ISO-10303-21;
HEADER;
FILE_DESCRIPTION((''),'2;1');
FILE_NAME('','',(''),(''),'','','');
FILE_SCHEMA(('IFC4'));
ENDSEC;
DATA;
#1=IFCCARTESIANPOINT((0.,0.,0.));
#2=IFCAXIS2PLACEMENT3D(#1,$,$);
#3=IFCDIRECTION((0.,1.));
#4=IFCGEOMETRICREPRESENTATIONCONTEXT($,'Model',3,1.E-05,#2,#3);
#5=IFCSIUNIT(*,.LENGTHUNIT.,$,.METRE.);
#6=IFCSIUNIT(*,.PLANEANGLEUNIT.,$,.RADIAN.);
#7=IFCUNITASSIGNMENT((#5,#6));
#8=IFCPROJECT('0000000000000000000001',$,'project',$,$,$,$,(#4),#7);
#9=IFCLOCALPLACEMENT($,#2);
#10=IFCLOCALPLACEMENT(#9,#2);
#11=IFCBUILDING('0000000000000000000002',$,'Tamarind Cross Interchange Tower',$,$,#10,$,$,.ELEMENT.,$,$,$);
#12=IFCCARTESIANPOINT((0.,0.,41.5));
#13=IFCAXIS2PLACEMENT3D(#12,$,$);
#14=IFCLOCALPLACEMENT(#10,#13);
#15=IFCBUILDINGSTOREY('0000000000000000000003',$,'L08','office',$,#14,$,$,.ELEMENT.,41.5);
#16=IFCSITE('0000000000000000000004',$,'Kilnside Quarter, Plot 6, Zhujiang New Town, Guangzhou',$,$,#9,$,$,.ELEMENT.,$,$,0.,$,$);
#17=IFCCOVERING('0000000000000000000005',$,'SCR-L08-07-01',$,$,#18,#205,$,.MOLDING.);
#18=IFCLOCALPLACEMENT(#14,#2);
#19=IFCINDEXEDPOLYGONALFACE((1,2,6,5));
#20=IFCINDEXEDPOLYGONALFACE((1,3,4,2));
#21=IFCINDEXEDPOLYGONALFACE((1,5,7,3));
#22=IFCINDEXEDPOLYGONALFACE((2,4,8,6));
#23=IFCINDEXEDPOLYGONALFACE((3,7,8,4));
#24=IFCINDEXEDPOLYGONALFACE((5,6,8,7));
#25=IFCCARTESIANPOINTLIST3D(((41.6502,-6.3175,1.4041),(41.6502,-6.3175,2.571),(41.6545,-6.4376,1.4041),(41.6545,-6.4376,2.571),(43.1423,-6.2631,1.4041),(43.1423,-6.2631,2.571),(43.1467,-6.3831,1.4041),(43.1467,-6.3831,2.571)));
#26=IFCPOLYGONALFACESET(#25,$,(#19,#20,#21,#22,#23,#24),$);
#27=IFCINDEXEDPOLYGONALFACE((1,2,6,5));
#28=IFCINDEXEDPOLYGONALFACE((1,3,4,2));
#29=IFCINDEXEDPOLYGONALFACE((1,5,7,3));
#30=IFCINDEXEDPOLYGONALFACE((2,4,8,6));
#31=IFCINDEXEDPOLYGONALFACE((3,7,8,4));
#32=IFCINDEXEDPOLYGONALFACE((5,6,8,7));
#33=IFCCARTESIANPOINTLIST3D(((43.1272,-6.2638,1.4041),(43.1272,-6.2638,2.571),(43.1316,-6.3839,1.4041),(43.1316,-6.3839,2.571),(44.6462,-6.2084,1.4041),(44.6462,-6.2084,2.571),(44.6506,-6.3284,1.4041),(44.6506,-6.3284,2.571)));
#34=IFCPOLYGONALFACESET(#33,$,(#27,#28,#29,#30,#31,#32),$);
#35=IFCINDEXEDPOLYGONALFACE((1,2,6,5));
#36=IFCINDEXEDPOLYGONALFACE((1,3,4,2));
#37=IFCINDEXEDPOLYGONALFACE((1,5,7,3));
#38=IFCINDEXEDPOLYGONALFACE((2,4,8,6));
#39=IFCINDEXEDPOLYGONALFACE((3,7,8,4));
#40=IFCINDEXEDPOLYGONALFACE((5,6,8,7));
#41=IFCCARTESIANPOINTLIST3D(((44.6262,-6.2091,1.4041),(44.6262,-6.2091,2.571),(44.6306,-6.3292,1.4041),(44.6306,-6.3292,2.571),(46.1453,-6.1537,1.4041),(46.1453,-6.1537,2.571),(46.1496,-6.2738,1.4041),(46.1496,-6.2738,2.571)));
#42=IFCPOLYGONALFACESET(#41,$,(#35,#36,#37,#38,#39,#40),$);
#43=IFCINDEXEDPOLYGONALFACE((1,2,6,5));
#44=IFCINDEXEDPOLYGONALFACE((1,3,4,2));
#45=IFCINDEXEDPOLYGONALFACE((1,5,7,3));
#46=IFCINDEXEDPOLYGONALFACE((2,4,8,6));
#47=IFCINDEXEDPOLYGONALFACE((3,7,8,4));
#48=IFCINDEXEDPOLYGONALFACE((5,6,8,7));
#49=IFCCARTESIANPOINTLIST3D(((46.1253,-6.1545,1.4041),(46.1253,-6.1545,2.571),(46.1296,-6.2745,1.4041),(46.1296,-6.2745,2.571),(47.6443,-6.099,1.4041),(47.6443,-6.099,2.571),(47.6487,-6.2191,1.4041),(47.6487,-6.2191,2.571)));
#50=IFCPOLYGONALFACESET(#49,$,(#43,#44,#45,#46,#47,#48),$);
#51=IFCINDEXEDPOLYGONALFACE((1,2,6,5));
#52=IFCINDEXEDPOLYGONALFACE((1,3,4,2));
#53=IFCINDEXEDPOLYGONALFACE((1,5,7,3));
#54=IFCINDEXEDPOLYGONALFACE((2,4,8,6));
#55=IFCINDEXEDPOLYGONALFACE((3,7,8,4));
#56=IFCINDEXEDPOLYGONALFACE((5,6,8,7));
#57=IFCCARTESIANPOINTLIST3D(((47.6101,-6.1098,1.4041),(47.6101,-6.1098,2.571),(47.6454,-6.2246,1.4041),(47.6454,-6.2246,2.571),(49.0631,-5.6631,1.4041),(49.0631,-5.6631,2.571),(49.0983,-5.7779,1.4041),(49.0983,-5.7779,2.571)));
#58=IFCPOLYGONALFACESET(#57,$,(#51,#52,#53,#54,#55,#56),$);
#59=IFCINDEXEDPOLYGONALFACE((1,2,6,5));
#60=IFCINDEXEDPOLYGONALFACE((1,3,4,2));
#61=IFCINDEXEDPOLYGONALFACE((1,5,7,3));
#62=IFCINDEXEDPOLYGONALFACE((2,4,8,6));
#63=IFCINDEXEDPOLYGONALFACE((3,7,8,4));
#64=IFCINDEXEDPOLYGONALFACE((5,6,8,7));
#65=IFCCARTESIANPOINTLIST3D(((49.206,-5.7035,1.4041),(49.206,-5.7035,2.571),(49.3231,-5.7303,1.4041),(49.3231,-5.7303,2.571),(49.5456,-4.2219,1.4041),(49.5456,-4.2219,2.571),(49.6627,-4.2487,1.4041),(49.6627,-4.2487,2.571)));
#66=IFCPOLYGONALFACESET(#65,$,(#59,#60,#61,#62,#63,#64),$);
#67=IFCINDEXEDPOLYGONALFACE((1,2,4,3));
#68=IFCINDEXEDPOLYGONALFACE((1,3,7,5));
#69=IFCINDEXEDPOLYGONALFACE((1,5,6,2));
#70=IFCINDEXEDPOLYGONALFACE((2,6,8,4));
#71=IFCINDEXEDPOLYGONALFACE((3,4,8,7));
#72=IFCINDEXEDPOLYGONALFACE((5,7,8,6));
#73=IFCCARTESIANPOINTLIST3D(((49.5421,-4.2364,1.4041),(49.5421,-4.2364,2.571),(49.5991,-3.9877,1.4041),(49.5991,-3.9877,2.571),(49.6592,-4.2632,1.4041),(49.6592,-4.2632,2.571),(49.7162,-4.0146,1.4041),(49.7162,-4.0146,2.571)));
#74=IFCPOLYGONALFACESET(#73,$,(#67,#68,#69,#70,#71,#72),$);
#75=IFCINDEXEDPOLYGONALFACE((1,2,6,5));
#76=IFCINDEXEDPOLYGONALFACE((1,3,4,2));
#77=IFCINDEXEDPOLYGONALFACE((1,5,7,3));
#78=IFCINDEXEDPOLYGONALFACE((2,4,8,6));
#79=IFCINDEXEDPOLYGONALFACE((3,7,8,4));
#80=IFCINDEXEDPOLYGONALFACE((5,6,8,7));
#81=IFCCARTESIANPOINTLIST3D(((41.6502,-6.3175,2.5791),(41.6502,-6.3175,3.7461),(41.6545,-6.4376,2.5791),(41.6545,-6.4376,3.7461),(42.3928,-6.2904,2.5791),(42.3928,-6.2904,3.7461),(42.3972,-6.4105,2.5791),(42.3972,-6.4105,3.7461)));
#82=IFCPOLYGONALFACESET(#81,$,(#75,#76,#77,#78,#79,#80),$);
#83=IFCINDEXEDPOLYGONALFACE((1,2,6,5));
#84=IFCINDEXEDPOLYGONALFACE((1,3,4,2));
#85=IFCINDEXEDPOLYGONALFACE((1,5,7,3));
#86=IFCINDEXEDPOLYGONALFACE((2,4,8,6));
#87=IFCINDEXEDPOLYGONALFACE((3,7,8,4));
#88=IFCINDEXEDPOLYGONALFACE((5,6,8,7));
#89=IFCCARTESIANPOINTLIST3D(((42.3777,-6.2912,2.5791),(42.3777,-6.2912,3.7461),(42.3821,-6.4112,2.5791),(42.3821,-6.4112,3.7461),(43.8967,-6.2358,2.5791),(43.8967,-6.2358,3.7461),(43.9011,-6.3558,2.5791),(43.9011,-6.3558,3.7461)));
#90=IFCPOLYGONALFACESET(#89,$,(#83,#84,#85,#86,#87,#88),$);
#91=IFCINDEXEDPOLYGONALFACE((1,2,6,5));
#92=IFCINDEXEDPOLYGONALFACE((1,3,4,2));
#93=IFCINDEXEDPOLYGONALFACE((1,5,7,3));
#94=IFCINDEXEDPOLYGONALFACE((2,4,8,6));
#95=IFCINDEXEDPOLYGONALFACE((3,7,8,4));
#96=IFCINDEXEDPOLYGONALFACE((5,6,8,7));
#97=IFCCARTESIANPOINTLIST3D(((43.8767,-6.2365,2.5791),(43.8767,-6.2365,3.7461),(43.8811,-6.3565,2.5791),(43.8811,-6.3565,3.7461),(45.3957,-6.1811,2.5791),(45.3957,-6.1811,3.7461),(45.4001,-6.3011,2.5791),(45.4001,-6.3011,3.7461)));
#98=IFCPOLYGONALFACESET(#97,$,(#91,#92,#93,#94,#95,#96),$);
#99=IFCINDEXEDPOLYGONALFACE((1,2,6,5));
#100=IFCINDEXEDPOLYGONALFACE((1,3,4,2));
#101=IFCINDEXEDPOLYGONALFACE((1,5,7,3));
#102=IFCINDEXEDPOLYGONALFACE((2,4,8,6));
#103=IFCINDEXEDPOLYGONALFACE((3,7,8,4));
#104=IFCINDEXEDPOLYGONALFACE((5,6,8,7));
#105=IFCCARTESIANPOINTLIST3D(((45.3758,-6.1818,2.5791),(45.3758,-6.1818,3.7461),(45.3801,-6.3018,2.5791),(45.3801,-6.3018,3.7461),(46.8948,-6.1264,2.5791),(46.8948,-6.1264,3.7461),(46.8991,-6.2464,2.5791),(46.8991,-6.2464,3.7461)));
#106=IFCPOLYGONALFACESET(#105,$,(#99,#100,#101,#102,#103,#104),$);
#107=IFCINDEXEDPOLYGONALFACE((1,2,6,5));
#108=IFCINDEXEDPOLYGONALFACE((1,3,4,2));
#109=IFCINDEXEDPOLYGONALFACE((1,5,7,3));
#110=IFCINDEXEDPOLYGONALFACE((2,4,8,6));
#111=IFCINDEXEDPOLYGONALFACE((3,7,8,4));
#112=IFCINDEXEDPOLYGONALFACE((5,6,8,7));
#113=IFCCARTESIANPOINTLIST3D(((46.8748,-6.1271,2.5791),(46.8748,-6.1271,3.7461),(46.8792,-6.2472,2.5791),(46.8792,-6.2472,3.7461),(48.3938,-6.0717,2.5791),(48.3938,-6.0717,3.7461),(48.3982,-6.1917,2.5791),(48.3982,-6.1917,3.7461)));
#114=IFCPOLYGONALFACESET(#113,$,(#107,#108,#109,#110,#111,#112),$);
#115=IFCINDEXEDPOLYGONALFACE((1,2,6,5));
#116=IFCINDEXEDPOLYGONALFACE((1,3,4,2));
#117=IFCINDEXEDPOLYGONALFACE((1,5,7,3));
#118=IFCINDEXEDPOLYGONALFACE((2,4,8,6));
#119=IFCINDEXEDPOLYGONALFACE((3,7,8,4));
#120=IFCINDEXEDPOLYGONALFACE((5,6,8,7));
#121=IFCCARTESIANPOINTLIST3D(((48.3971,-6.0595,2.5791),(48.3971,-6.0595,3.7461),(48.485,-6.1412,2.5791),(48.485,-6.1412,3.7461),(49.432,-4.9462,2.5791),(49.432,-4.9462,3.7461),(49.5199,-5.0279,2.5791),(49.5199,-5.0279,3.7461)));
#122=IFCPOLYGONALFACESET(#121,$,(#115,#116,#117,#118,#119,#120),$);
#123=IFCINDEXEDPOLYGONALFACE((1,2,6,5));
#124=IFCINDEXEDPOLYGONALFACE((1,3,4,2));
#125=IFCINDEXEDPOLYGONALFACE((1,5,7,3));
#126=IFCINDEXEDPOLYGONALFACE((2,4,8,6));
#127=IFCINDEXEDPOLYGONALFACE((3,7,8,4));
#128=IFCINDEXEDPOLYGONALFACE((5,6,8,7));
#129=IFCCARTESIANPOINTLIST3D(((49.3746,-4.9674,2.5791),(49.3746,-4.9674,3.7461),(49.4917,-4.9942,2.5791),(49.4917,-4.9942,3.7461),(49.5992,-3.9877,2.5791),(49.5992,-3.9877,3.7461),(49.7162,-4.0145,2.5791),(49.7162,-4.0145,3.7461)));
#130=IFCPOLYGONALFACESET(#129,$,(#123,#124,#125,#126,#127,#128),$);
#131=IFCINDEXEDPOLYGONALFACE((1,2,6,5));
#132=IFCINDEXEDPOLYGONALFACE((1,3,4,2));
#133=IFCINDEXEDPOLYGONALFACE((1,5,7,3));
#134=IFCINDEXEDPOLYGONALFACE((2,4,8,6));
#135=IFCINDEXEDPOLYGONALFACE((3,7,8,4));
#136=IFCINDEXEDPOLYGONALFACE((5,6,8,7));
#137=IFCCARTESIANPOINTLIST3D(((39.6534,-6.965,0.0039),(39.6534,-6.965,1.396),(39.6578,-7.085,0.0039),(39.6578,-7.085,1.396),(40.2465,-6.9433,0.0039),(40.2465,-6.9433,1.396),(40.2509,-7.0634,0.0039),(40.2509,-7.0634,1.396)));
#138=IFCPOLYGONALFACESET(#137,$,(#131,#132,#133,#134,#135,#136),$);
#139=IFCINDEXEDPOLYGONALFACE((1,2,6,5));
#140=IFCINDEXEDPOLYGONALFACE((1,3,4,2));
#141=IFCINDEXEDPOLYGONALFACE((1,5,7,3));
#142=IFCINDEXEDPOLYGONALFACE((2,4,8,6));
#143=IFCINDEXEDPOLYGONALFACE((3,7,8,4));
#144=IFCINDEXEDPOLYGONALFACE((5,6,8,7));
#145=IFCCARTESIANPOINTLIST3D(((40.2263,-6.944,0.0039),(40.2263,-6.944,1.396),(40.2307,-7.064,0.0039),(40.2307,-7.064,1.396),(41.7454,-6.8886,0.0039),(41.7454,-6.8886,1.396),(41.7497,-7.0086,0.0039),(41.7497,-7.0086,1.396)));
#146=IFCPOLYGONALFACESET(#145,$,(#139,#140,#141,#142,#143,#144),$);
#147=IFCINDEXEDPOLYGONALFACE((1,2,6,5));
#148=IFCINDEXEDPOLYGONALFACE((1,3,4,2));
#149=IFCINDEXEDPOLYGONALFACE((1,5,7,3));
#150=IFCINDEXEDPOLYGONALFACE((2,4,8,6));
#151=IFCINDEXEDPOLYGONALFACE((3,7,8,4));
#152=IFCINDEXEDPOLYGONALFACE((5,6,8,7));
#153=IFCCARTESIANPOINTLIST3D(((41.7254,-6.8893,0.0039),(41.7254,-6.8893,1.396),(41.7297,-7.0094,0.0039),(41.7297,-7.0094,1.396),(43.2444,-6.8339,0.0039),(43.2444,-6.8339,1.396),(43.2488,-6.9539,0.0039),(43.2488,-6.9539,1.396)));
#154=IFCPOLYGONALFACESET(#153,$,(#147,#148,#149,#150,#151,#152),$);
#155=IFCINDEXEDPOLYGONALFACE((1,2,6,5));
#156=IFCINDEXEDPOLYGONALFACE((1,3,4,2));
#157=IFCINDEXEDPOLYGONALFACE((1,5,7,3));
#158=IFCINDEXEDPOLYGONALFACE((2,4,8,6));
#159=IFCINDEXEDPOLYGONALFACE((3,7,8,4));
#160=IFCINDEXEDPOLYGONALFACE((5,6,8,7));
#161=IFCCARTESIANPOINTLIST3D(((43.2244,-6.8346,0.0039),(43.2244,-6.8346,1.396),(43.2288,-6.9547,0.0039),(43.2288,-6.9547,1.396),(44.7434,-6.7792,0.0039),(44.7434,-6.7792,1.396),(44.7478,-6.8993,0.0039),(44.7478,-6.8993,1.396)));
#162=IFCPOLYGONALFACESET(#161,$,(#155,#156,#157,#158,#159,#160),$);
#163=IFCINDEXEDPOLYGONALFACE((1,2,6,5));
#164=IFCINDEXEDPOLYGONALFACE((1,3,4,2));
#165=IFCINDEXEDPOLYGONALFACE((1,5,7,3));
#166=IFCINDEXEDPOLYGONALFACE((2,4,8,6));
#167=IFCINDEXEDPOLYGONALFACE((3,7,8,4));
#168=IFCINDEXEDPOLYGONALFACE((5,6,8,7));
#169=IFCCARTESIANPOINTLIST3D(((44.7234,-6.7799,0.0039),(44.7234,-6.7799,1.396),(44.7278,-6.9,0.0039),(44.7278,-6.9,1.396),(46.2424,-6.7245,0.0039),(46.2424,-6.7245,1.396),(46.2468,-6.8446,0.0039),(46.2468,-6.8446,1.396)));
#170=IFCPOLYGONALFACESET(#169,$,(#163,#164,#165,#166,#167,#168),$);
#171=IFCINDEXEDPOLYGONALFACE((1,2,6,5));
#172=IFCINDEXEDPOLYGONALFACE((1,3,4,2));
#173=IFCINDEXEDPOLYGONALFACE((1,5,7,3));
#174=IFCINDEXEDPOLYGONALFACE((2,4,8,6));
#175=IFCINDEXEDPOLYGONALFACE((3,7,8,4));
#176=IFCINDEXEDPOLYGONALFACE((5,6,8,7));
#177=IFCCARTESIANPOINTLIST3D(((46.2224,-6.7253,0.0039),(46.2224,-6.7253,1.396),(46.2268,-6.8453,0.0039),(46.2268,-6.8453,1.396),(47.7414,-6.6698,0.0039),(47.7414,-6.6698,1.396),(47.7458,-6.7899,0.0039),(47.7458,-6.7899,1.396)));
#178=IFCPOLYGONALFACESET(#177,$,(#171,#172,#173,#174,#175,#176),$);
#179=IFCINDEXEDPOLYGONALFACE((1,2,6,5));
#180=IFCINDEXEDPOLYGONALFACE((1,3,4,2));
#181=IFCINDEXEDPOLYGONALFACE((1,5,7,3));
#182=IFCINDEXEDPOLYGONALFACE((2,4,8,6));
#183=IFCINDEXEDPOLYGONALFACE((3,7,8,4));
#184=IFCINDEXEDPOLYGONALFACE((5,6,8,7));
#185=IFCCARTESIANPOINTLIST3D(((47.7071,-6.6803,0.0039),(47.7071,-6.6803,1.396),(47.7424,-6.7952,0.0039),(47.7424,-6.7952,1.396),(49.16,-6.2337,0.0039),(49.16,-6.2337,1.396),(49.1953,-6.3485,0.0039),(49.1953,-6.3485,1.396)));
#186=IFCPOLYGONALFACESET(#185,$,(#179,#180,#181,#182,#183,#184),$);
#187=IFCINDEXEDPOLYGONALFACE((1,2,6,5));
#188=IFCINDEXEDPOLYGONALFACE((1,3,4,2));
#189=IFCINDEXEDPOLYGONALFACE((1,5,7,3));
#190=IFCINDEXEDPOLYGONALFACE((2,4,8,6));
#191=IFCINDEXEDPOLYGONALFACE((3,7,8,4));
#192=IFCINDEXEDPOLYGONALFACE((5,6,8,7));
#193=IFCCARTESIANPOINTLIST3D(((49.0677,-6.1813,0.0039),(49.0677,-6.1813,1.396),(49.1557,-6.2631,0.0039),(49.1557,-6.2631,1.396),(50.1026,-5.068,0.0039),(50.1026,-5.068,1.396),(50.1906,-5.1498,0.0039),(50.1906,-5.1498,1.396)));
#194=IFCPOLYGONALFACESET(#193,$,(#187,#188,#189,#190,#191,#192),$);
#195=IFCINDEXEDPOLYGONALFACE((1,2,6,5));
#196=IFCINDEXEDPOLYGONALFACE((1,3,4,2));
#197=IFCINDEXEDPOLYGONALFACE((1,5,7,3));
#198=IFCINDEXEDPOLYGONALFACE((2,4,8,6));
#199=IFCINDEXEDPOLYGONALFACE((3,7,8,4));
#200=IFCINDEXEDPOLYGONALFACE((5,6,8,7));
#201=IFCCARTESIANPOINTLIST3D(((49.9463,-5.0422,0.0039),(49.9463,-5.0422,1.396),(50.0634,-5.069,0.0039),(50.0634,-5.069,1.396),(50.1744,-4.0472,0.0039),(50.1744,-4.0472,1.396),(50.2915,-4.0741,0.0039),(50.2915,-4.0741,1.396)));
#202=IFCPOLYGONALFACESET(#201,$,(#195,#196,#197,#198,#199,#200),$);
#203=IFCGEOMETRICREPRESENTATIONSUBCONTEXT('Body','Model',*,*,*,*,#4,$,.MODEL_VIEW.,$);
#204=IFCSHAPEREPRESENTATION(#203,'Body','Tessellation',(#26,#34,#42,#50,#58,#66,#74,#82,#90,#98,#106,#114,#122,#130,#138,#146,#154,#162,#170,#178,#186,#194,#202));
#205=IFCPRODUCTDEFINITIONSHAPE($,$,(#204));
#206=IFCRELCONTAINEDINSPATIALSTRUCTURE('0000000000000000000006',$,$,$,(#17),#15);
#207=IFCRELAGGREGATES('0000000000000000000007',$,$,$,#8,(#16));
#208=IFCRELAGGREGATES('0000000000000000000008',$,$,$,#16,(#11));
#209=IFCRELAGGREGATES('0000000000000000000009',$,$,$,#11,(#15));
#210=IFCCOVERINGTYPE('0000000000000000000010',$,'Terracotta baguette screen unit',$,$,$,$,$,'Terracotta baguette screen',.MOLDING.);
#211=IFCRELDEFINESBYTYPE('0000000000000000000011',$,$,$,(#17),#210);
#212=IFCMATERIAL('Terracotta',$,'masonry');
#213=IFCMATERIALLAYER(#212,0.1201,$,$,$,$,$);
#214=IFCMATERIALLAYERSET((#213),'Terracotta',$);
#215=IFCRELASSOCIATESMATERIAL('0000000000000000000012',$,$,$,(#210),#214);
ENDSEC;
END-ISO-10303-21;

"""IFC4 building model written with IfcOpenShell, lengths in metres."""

from ifc_helpers import new_model, si_unit, direction, frame, origin, origin_2d, place, context, subcontext, project, spatial, rectangle, extrude, material, layer, layer_set, type_object, element, save


model = new_model("IFC4")

# Units and contexts
model_context = context("Model", 3, precision=1e-05, world=origin(), true_north=direction((0.0, 1.0)))
body_context = subcontext(model_context, "Body", "Model", "MODEL_VIEW")
ifc_project = project(units=[si_unit("LENGTHUNIT", "METRE"), si_unit("PLANEANGLEUNIT", "RADIAN")], contexts=[model_context])

# Site, building, storey
site_placement = place(None, origin())
site = spatial("IfcSite", under=ifc_project, at=site_placement, Name="Kilnside Quarter, Plot 6, Zhujiang New Town, Guangzhou", CompositionType="ELEMENT", RefElevation=0.0)
building_placement = place(site_placement, origin())
building = spatial("IfcBuilding", under=site, at=building_placement, Name="Tamarind Cross Interchange Tower", CompositionType="ELEMENT")
storey_placement = place(building_placement, frame((0.0, 0.0, 41.5)))
storey = spatial("IfcBuildingStorey", under=building, at=storey_placement, Name="L08", Description="office", CompositionType="ELEMENT", Elevation=41.5)

# Covering
ifc_material_1 = material(Name="Terracotta", Category="masonry")
ifc_layer_1 = layer(ifc_material_1, 0.1201)
ifc_layer_set_1 = layer_set([ifc_layer_1], Name="Terracotta")
covering_type = type_object("IfcCoveringType", Name="Terracotta baguette screen unit", ElementType="Terracotta baguette screen", PredefinedType="MOLDING", material=ifc_layer_set_1)
covering_1_placement = place(storey_placement, origin())
element("IfcCovering", 1, at=covering_1_placement, inside=storey, type_object=covering_type, Name="SCR-L08-07-01", PredefinedType="MOLDING", context=body_context, shape_type="SweptSolid", body=[
    extrude(rectangle(XDim=1.4932, YDim=0.1201, at=origin_2d()), frame((42.3984, -6.3503, 1.4041), z_axis=(0.0, 0.0, 1.0), x_axis=(0.999335, 0.036462, 0.0)), (0.0, 0.0, 1.0), 1.167),
    extrude(rectangle(XDim=1.52, YDim=0.1201, at=origin_2d()), frame((43.8889, -6.2961, 1.4041), z_axis=(0.0, 0.0, 1.0), x_axis=(0.999335, 0.036462, 0.0)), (0.0, 0.0, 1.0), 1.167),
    extrude(rectangle(XDim=1.52, YDim=0.1201, at=origin_2d()), frame((45.3879, -6.2415, 1.4041), z_axis=(0.0, 0.0, 1.0), x_axis=(0.999335, 0.036462, 0.0)), (0.0, 0.0, 1.0), 1.167),
    extrude(rectangle(XDim=1.52, YDim=0.1201, at=origin_2d()), frame((46.887, -6.1868, 1.4041), z_axis=(0.0, 0.0, 1.0), x_axis=(0.999335, 0.036462, 0.0)), (0.0, 0.0, 1.0), 1.167),
    extrude(rectangle(XDim=1.52, YDim=0.1201, at=origin_2d()), frame((48.3542, -5.9438, 1.4041), z_axis=(0.0, 0.0, 1.0), x_axis=(0.955846, 0.293867, 0.0)), (0.0, 0.0, 1.0), 1.167),
    extrude(rectangle(XDim=1.52, YDim=0.1201, at=origin_2d()), frame((49.4343, -4.9761, 1.4041), z_axis=(0.0, 0.0, 1.0), x_axis=(0.223427, 0.974721, 0.0)), (0.0, 0.0, 1.0), 1.167),
    extrude(rectangle(XDim=0.2551, YDim=0.1201, at=origin_2d()), frame((49.6292, -4.1255, 1.4041), z_axis=(0.0, 0.0, 1.0), x_axis=(0.223427, 0.974721, 0.0)), (0.0, 0.0, 1.0), 1.167),
    extrude(rectangle(XDim=0.7432, YDim=0.1201, at=origin_2d()), frame((42.0237, -6.364, 2.5791), z_axis=(0.0, 0.0, 1.0), x_axis=(0.999335, 0.036462, 0.0)), (0.0, 0.0, 1.0), 1.167),
    extrude(rectangle(XDim=1.52, YDim=0.1201, at=origin_2d()), frame((43.1394, -6.3235, 2.5791), z_axis=(0.0, 0.0, 1.0), x_axis=(0.999335, 0.036462, 0.0)), (0.0, 0.0, 1.0), 1.167),
    extrude(rectangle(XDim=1.52, YDim=0.1201, at=origin_2d()), frame((44.6384, -6.2688, 2.5791), z_axis=(0.0, 0.0, 1.0), x_axis=(0.999335, 0.036462, 0.0)), (0.0, 0.0, 1.0), 1.167),
    extrude(rectangle(XDim=1.52, YDim=0.1201, at=origin_2d()), frame((46.1375, -6.2141, 2.5791), z_axis=(0.0, 0.0, 1.0), x_axis=(0.999335, 0.036462, 0.0)), (0.0, 0.0, 1.0), 1.167),
    extrude(rectangle(XDim=1.52, YDim=0.1201, at=origin_2d()), frame((47.6365, -6.1594, 2.5791), z_axis=(0.0, 0.0, 1.0), x_axis=(0.999335, 0.036462, 0.0)), (0.0, 0.0, 1.0), 1.167),
    extrude(rectangle(XDim=1.52, YDim=0.1201, at=origin_2d()), frame((48.9585, -5.5437, 2.5791), z_axis=(0.0, 0.0, 1.0), x_axis=(0.680854, 0.732419, 0.0)), (0.0, 0.0, 1.0), 1.167),
    extrude(rectangle(XDim=1.0051, YDim=0.1201, at=origin_2d()), frame((49.5454, -4.491, 2.5791), z_axis=(0.0, 0.0, 1.0), x_axis=(0.223427, 0.974721, 0.0)), (0.0, 0.0, 1.0), 1.167),
    extrude(rectangle(XDim=0.5935, YDim=0.1201, at=origin_2d()), frame((39.9521, -7.0142, 0.0039), z_axis=(0.0, 0.0, 1.0), x_axis=(0.999335, 0.036462, 0.0)), (0.0, 0.0, 1.0), 1.3921),
    extrude(rectangle(XDim=1.52, YDim=0.1201, at=origin_2d()), frame((40.988, -6.9763, 0.0039), z_axis=(0.0, 0.0, 1.0), x_axis=(0.999335, 0.036462, 0.0)), (0.0, 0.0, 1.0), 1.3921),
    extrude(rectangle(XDim=1.52, YDim=0.1201, at=origin_2d()), frame((42.4871, -6.9216, 0.0039), z_axis=(0.0, 0.0, 1.0), x_axis=(0.999335, 0.036462, 0.0)), (0.0, 0.0, 1.0), 1.3921),
    extrude(rectangle(XDim=1.52, YDim=0.1201, at=origin_2d()), frame((43.9861, -6.8669, 0.0039), z_axis=(0.0, 0.0, 1.0), x_axis=(0.999335, 0.036462, 0.0)), (0.0, 0.0, 1.0), 1.3921),
    extrude(rectangle(XDim=1.52, YDim=0.1201, at=origin_2d()), frame((45.4851, -6.8123, 0.0039), z_axis=(0.0, 0.0, 1.0), x_axis=(0.999335, 0.036462, 0.0)), (0.0, 0.0, 1.0), 1.3921),
    extrude(rectangle(XDim=1.52, YDim=0.1201, at=origin_2d()), frame((46.9841, -6.7576, 0.0039), z_axis=(0.0, 0.0, 1.0), x_axis=(0.999335, 0.036462, 0.0)), (0.0, 0.0, 1.0), 1.3921),
    extrude(rectangle(XDim=1.52, YDim=0.1201, at=origin_2d()), frame((48.4512, -6.5144, 0.0039), z_axis=(0.0, 0.0, 1.0), x_axis=(0.955846, 0.293867, 0.0)), (0.0, 0.0, 1.0), 1.3921),
    extrude(rectangle(XDim=1.52, YDim=0.1201, at=origin_2d()), frame((49.6292, -5.6655, 0.0039), z_axis=(0.0, 0.0, 1.0), x_axis=(0.680854, 0.732419, 0.0)), (0.0, 0.0, 1.0), 1.3921),
    extrude(rectangle(XDim=1.0208, YDim=0.1201, at=origin_2d()), frame((50.1189, -4.5581, 0.0039), z_axis=(0.0, 0.0, 1.0), x_axis=(0.223427, 0.974721, 0.0)), (0.0, 0.0, 1.0), 1.3921),
])

save(model, "model.ifc")
